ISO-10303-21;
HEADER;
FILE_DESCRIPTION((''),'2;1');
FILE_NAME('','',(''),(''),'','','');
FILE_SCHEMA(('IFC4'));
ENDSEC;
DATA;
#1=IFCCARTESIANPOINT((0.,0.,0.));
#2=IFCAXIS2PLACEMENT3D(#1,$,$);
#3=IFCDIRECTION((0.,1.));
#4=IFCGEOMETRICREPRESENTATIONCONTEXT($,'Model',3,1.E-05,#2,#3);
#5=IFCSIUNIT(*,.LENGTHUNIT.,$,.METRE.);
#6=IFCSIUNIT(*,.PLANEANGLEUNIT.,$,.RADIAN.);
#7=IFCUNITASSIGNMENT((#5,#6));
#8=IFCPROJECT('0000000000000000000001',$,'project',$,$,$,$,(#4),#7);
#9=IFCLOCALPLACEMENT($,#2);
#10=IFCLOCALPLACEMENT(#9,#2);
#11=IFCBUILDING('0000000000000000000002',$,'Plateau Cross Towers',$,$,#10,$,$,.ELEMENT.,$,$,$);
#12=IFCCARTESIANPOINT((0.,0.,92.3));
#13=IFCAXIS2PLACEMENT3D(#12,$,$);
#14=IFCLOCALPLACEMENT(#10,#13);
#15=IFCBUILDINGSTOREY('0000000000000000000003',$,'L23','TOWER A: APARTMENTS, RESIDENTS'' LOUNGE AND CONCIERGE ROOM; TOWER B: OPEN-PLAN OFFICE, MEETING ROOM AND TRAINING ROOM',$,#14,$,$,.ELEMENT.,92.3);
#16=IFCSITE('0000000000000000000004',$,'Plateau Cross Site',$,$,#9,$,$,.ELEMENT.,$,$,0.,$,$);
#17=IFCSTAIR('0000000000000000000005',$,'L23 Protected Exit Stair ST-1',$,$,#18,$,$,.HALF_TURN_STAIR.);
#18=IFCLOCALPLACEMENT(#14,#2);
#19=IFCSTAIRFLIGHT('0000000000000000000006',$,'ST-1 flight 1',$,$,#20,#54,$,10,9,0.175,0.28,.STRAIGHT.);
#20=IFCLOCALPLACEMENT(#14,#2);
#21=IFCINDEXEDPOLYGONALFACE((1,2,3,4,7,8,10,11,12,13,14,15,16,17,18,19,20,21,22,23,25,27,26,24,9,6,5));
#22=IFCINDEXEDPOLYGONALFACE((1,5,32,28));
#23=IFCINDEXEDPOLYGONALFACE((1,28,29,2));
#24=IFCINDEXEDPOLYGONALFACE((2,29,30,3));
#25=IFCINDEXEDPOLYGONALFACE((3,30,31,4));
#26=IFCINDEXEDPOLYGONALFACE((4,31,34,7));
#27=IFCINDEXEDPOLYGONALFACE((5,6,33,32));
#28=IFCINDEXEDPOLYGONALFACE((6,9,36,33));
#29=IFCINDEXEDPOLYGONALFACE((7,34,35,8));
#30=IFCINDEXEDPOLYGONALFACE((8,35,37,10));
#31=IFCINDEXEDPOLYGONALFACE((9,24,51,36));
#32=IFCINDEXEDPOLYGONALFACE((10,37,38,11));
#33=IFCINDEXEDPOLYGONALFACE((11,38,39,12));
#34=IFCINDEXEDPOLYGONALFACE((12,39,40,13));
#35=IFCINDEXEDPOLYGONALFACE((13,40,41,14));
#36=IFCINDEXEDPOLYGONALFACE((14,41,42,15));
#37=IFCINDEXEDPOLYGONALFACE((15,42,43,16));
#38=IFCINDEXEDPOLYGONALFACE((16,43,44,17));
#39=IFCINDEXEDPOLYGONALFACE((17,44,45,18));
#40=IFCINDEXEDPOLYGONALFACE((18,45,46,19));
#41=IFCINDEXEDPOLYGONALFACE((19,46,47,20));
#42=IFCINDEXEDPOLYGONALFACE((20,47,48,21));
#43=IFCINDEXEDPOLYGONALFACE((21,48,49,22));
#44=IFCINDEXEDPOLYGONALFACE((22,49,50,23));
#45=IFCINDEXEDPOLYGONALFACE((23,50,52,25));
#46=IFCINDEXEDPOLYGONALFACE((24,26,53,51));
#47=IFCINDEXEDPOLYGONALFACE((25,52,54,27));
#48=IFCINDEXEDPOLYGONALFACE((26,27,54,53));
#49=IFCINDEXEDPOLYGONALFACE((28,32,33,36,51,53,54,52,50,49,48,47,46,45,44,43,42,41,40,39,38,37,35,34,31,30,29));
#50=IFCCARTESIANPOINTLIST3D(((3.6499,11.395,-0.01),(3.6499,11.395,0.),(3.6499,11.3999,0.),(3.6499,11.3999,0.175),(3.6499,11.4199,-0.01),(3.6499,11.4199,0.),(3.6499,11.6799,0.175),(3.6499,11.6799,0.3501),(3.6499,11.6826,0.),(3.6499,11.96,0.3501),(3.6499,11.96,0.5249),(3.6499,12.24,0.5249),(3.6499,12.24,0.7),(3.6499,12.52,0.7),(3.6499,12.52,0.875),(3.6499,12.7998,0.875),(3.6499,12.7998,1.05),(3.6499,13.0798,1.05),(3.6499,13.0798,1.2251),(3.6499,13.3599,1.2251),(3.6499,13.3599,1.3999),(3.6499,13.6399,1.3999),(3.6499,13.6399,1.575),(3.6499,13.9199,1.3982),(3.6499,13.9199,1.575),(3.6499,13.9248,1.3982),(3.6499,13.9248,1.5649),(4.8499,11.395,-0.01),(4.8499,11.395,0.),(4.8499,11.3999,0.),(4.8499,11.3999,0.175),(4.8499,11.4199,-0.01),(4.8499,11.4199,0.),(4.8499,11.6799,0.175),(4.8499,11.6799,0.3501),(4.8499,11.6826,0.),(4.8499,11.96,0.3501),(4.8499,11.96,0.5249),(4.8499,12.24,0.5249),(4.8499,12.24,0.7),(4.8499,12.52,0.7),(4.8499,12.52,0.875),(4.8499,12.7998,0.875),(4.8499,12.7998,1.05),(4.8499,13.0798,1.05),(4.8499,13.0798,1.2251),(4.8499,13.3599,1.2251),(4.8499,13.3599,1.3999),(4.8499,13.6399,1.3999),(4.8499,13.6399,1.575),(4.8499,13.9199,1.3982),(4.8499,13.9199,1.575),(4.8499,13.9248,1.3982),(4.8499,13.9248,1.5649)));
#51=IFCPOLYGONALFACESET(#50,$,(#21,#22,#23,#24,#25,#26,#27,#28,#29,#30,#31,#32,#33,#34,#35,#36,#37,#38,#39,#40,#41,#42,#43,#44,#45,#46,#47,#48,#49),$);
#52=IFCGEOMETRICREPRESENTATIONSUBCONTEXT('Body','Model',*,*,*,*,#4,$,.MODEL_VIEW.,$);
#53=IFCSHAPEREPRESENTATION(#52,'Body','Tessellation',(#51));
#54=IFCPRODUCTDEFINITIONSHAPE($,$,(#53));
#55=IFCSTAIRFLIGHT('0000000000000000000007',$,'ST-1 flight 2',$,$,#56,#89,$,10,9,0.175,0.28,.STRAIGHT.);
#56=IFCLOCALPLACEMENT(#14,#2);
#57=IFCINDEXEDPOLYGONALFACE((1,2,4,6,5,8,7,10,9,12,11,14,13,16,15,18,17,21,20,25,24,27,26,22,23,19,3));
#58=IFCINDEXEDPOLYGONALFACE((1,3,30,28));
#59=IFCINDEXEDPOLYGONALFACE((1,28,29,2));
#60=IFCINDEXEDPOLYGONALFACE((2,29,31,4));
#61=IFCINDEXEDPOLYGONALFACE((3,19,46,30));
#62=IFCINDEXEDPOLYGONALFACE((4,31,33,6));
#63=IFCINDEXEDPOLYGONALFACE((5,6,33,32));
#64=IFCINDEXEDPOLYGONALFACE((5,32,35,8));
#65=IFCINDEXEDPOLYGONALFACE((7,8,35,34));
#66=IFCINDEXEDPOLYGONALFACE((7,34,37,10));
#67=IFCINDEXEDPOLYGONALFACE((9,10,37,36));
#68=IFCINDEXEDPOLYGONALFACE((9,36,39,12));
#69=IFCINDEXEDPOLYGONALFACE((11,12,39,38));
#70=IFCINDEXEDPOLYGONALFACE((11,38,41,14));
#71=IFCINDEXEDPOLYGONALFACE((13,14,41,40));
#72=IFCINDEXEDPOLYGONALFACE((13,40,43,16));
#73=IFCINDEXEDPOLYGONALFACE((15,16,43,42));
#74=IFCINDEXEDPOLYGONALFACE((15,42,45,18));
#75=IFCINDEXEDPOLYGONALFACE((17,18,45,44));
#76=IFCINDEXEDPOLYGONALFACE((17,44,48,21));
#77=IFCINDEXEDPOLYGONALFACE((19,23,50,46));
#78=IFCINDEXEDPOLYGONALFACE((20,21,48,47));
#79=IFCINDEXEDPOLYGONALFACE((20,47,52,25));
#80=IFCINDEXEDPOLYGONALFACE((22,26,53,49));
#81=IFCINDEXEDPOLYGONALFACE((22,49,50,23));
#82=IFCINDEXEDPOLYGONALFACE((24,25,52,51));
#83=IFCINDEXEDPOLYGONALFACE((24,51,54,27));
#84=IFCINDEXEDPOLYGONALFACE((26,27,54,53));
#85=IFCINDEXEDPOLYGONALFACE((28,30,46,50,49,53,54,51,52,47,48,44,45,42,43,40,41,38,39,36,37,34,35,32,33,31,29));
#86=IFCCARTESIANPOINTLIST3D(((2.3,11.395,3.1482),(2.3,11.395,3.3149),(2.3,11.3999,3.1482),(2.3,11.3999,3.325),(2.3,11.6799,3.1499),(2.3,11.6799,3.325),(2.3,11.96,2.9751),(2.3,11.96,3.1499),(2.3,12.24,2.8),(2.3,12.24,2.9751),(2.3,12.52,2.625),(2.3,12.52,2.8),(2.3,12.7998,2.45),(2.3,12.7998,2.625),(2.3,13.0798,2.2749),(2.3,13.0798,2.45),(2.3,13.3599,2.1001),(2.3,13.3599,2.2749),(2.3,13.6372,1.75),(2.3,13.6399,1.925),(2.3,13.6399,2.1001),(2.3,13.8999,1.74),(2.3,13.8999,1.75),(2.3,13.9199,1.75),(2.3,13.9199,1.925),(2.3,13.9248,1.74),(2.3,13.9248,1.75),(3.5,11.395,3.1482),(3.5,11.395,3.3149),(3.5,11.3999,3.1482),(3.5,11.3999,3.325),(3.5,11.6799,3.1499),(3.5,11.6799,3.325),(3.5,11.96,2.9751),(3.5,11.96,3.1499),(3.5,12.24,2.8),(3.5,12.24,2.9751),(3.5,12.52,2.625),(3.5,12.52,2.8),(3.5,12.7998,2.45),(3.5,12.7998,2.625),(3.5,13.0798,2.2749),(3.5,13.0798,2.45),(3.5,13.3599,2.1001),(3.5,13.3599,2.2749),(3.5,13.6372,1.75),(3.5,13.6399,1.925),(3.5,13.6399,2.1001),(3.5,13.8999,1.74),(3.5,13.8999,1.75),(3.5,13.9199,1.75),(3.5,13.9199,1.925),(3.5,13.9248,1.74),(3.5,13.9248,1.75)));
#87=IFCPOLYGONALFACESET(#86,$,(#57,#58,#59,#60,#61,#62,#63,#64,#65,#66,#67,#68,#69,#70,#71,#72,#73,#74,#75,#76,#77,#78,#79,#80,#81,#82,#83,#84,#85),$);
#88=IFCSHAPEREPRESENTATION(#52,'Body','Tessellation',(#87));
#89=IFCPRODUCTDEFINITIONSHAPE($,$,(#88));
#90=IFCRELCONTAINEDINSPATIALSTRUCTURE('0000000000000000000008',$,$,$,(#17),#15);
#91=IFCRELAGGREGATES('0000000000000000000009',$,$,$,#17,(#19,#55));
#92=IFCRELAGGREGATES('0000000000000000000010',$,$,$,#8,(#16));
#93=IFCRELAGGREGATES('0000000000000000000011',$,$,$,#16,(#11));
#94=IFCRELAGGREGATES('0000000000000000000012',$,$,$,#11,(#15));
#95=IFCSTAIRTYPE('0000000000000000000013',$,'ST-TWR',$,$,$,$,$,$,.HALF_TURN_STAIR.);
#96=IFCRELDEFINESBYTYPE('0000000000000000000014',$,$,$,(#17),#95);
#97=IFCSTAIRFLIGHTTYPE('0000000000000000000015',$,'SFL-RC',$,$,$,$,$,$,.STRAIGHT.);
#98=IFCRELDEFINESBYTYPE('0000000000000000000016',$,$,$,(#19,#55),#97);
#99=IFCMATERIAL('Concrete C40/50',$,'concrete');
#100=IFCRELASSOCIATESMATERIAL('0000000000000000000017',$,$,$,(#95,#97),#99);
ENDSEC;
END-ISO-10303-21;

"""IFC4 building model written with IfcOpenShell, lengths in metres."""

from ifc_helpers import new_model, si_unit, direction, frame, origin, place, context, subcontext, project, spatial, polyline, outline, extrude, material, type_object, element, aggregate, save


model = new_model("IFC4")

# Units and contexts
model_context = context("Model", 3, precision=1e-05, world=origin(), true_north=direction((0.0, 1.0)))
body_context = subcontext(model_context, "Body", "Model", "MODEL_VIEW")
ifc_project = project(units=[si_unit("LENGTHUNIT", "METRE"), si_unit("PLANEANGLEUNIT", "RADIAN")], contexts=[model_context])

# Site, building, storey
site_placement = place(None, origin())
site = spatial("IfcSite", under=ifc_project, at=site_placement, Name="Plateau Cross Site", CompositionType="ELEMENT", RefElevation=0.0)
building_placement = place(site_placement, origin())
building = spatial("IfcBuilding", under=site, at=building_placement, Name="Plateau Cross Towers", CompositionType="ELEMENT")
storey_placement = place(building_placement, frame((0.0, 0.0, 92.3)))
storey = spatial("IfcBuildingStorey", under=building, at=storey_placement, Name="L23", Description="TOWER A: APARTMENTS, RESIDENTS' LOUNGE AND CONCIERGE ROOM; TOWER B: OPEN-PLAN OFFICE, MEETING ROOM AND TRAINING ROOM", CompositionType="ELEMENT", Elevation=92.3)

# Stair, stair flights
ifc_material_1 = material(Name="Concrete C40/50", Category="concrete")
stair_type = type_object("IfcStairType", Name="ST-TWR", PredefinedType="HALF_TURN_STAIR", material=ifc_material_1)
stair_placement = place(storey_placement, origin())
stair = element("IfcStair", 1, at=stair_placement, inside=storey, type_object=stair_type, Name="L23 Protected Exit Stair ST-1", PredefinedType="HALF_TURN_STAIR")
stair_flight_type = type_object("IfcStairFlightType", Name="SFL-RC", PredefinedType="STRAIGHT", material=ifc_material_1)
stair_flight_1_placement = place(storey_placement, frame((4.25, 11.3999, 0.0), z_axis=(0.0, 0.0, 1.0), x_axis=(0.0, 1.0, 0.0)))
stair_flight_1 = element("IfcStairFlight", 2, at=stair_flight_1_placement, type_object=stair_flight_type, Name="ST-1 flight 1", NumberOfRisers=10, NumberOfTreads=9, PredefinedType="STRAIGHT", RiserHeight=0.175, TreadLength=0.28, context=body_context, shape_type="SweptSolid", body=[
    extrude(outline(polyline([(-0.0049, -0.01), (-0.0049, 0.0), (0.0, 0.0), (0.0, 0.175), (0.28, 0.175), (0.28, 0.3501), (0.5601, 0.3501), (0.5601, 0.5249), (0.8401, 0.5249), (0.8401, 0.7), (1.1201, 0.7), (1.1201, 0.875), (1.3999, 0.875), (1.3999, 1.05), (1.6799, 1.05), (1.6799, 1.2251), (1.96, 1.2251), (1.96, 1.3999), (2.24, 1.3999), (2.24, 1.575), (2.52, 1.575), (2.5249, 1.5649), (2.5249, 1.3982), (2.52, 1.3982), (0.2827, 0.0), (0.02, 0.0), (0.02, -0.01), (-0.0049, -0.01)])), frame((0.0, 0.6001, 0.0), z_axis=(0.0, -1.0, 0.0), x_axis=(1.0, 0.0, 0.0)), (0.0, 0.0, 1.0), 1.2),
])
stair_flight_2_placement = place(storey_placement, frame((2.8999, 13.9199, 1.75), z_axis=(0.0, 0.0, 1.0), x_axis=(0.0, -1.0, 0.0)))
stair_flight_2 = element("IfcStairFlight", 3, at=stair_flight_2_placement, type_object=stair_flight_type, Name="ST-1 flight 2", NumberOfRisers=10, NumberOfTreads=9, PredefinedType="STRAIGHT", RiserHeight=0.175, TreadLength=0.28, context=body_context, shape_type="SweptSolid", body=[
    extrude(outline(polyline([(-0.0049, -0.01), (-0.0049, 0.0), (0.0, 0.0), (0.0, 0.175), (0.28, 0.175), (0.28, 0.3501), (0.5601, 0.3501), (0.5601, 0.5249), (0.8401, 0.5249), (0.8401, 0.7), (1.1201, 0.7), (1.1201, 0.875), (1.3999, 0.875), (1.3999, 1.05), (1.6799, 1.05), (1.6799, 1.2251), (1.96, 1.2251), (1.96, 1.3999), (2.24, 1.3999), (2.24, 1.575), (2.52, 1.575), (2.5249, 1.5649), (2.5249, 1.3982), (2.52, 1.3982), (0.2827, 0.0), (0.02, 0.0), (0.02, -0.01), (-0.0049, -0.01)])), frame((0.0, 0.6001, 0.0), z_axis=(0.0, -1.0, 0.0), x_axis=(1.0, 0.0, 0.0)), (0.0, 0.0, 1.0), 1.2),
])
aggregate(stair, [stair_flight_1, stair_flight_2])

save(model, "model.ifc")
